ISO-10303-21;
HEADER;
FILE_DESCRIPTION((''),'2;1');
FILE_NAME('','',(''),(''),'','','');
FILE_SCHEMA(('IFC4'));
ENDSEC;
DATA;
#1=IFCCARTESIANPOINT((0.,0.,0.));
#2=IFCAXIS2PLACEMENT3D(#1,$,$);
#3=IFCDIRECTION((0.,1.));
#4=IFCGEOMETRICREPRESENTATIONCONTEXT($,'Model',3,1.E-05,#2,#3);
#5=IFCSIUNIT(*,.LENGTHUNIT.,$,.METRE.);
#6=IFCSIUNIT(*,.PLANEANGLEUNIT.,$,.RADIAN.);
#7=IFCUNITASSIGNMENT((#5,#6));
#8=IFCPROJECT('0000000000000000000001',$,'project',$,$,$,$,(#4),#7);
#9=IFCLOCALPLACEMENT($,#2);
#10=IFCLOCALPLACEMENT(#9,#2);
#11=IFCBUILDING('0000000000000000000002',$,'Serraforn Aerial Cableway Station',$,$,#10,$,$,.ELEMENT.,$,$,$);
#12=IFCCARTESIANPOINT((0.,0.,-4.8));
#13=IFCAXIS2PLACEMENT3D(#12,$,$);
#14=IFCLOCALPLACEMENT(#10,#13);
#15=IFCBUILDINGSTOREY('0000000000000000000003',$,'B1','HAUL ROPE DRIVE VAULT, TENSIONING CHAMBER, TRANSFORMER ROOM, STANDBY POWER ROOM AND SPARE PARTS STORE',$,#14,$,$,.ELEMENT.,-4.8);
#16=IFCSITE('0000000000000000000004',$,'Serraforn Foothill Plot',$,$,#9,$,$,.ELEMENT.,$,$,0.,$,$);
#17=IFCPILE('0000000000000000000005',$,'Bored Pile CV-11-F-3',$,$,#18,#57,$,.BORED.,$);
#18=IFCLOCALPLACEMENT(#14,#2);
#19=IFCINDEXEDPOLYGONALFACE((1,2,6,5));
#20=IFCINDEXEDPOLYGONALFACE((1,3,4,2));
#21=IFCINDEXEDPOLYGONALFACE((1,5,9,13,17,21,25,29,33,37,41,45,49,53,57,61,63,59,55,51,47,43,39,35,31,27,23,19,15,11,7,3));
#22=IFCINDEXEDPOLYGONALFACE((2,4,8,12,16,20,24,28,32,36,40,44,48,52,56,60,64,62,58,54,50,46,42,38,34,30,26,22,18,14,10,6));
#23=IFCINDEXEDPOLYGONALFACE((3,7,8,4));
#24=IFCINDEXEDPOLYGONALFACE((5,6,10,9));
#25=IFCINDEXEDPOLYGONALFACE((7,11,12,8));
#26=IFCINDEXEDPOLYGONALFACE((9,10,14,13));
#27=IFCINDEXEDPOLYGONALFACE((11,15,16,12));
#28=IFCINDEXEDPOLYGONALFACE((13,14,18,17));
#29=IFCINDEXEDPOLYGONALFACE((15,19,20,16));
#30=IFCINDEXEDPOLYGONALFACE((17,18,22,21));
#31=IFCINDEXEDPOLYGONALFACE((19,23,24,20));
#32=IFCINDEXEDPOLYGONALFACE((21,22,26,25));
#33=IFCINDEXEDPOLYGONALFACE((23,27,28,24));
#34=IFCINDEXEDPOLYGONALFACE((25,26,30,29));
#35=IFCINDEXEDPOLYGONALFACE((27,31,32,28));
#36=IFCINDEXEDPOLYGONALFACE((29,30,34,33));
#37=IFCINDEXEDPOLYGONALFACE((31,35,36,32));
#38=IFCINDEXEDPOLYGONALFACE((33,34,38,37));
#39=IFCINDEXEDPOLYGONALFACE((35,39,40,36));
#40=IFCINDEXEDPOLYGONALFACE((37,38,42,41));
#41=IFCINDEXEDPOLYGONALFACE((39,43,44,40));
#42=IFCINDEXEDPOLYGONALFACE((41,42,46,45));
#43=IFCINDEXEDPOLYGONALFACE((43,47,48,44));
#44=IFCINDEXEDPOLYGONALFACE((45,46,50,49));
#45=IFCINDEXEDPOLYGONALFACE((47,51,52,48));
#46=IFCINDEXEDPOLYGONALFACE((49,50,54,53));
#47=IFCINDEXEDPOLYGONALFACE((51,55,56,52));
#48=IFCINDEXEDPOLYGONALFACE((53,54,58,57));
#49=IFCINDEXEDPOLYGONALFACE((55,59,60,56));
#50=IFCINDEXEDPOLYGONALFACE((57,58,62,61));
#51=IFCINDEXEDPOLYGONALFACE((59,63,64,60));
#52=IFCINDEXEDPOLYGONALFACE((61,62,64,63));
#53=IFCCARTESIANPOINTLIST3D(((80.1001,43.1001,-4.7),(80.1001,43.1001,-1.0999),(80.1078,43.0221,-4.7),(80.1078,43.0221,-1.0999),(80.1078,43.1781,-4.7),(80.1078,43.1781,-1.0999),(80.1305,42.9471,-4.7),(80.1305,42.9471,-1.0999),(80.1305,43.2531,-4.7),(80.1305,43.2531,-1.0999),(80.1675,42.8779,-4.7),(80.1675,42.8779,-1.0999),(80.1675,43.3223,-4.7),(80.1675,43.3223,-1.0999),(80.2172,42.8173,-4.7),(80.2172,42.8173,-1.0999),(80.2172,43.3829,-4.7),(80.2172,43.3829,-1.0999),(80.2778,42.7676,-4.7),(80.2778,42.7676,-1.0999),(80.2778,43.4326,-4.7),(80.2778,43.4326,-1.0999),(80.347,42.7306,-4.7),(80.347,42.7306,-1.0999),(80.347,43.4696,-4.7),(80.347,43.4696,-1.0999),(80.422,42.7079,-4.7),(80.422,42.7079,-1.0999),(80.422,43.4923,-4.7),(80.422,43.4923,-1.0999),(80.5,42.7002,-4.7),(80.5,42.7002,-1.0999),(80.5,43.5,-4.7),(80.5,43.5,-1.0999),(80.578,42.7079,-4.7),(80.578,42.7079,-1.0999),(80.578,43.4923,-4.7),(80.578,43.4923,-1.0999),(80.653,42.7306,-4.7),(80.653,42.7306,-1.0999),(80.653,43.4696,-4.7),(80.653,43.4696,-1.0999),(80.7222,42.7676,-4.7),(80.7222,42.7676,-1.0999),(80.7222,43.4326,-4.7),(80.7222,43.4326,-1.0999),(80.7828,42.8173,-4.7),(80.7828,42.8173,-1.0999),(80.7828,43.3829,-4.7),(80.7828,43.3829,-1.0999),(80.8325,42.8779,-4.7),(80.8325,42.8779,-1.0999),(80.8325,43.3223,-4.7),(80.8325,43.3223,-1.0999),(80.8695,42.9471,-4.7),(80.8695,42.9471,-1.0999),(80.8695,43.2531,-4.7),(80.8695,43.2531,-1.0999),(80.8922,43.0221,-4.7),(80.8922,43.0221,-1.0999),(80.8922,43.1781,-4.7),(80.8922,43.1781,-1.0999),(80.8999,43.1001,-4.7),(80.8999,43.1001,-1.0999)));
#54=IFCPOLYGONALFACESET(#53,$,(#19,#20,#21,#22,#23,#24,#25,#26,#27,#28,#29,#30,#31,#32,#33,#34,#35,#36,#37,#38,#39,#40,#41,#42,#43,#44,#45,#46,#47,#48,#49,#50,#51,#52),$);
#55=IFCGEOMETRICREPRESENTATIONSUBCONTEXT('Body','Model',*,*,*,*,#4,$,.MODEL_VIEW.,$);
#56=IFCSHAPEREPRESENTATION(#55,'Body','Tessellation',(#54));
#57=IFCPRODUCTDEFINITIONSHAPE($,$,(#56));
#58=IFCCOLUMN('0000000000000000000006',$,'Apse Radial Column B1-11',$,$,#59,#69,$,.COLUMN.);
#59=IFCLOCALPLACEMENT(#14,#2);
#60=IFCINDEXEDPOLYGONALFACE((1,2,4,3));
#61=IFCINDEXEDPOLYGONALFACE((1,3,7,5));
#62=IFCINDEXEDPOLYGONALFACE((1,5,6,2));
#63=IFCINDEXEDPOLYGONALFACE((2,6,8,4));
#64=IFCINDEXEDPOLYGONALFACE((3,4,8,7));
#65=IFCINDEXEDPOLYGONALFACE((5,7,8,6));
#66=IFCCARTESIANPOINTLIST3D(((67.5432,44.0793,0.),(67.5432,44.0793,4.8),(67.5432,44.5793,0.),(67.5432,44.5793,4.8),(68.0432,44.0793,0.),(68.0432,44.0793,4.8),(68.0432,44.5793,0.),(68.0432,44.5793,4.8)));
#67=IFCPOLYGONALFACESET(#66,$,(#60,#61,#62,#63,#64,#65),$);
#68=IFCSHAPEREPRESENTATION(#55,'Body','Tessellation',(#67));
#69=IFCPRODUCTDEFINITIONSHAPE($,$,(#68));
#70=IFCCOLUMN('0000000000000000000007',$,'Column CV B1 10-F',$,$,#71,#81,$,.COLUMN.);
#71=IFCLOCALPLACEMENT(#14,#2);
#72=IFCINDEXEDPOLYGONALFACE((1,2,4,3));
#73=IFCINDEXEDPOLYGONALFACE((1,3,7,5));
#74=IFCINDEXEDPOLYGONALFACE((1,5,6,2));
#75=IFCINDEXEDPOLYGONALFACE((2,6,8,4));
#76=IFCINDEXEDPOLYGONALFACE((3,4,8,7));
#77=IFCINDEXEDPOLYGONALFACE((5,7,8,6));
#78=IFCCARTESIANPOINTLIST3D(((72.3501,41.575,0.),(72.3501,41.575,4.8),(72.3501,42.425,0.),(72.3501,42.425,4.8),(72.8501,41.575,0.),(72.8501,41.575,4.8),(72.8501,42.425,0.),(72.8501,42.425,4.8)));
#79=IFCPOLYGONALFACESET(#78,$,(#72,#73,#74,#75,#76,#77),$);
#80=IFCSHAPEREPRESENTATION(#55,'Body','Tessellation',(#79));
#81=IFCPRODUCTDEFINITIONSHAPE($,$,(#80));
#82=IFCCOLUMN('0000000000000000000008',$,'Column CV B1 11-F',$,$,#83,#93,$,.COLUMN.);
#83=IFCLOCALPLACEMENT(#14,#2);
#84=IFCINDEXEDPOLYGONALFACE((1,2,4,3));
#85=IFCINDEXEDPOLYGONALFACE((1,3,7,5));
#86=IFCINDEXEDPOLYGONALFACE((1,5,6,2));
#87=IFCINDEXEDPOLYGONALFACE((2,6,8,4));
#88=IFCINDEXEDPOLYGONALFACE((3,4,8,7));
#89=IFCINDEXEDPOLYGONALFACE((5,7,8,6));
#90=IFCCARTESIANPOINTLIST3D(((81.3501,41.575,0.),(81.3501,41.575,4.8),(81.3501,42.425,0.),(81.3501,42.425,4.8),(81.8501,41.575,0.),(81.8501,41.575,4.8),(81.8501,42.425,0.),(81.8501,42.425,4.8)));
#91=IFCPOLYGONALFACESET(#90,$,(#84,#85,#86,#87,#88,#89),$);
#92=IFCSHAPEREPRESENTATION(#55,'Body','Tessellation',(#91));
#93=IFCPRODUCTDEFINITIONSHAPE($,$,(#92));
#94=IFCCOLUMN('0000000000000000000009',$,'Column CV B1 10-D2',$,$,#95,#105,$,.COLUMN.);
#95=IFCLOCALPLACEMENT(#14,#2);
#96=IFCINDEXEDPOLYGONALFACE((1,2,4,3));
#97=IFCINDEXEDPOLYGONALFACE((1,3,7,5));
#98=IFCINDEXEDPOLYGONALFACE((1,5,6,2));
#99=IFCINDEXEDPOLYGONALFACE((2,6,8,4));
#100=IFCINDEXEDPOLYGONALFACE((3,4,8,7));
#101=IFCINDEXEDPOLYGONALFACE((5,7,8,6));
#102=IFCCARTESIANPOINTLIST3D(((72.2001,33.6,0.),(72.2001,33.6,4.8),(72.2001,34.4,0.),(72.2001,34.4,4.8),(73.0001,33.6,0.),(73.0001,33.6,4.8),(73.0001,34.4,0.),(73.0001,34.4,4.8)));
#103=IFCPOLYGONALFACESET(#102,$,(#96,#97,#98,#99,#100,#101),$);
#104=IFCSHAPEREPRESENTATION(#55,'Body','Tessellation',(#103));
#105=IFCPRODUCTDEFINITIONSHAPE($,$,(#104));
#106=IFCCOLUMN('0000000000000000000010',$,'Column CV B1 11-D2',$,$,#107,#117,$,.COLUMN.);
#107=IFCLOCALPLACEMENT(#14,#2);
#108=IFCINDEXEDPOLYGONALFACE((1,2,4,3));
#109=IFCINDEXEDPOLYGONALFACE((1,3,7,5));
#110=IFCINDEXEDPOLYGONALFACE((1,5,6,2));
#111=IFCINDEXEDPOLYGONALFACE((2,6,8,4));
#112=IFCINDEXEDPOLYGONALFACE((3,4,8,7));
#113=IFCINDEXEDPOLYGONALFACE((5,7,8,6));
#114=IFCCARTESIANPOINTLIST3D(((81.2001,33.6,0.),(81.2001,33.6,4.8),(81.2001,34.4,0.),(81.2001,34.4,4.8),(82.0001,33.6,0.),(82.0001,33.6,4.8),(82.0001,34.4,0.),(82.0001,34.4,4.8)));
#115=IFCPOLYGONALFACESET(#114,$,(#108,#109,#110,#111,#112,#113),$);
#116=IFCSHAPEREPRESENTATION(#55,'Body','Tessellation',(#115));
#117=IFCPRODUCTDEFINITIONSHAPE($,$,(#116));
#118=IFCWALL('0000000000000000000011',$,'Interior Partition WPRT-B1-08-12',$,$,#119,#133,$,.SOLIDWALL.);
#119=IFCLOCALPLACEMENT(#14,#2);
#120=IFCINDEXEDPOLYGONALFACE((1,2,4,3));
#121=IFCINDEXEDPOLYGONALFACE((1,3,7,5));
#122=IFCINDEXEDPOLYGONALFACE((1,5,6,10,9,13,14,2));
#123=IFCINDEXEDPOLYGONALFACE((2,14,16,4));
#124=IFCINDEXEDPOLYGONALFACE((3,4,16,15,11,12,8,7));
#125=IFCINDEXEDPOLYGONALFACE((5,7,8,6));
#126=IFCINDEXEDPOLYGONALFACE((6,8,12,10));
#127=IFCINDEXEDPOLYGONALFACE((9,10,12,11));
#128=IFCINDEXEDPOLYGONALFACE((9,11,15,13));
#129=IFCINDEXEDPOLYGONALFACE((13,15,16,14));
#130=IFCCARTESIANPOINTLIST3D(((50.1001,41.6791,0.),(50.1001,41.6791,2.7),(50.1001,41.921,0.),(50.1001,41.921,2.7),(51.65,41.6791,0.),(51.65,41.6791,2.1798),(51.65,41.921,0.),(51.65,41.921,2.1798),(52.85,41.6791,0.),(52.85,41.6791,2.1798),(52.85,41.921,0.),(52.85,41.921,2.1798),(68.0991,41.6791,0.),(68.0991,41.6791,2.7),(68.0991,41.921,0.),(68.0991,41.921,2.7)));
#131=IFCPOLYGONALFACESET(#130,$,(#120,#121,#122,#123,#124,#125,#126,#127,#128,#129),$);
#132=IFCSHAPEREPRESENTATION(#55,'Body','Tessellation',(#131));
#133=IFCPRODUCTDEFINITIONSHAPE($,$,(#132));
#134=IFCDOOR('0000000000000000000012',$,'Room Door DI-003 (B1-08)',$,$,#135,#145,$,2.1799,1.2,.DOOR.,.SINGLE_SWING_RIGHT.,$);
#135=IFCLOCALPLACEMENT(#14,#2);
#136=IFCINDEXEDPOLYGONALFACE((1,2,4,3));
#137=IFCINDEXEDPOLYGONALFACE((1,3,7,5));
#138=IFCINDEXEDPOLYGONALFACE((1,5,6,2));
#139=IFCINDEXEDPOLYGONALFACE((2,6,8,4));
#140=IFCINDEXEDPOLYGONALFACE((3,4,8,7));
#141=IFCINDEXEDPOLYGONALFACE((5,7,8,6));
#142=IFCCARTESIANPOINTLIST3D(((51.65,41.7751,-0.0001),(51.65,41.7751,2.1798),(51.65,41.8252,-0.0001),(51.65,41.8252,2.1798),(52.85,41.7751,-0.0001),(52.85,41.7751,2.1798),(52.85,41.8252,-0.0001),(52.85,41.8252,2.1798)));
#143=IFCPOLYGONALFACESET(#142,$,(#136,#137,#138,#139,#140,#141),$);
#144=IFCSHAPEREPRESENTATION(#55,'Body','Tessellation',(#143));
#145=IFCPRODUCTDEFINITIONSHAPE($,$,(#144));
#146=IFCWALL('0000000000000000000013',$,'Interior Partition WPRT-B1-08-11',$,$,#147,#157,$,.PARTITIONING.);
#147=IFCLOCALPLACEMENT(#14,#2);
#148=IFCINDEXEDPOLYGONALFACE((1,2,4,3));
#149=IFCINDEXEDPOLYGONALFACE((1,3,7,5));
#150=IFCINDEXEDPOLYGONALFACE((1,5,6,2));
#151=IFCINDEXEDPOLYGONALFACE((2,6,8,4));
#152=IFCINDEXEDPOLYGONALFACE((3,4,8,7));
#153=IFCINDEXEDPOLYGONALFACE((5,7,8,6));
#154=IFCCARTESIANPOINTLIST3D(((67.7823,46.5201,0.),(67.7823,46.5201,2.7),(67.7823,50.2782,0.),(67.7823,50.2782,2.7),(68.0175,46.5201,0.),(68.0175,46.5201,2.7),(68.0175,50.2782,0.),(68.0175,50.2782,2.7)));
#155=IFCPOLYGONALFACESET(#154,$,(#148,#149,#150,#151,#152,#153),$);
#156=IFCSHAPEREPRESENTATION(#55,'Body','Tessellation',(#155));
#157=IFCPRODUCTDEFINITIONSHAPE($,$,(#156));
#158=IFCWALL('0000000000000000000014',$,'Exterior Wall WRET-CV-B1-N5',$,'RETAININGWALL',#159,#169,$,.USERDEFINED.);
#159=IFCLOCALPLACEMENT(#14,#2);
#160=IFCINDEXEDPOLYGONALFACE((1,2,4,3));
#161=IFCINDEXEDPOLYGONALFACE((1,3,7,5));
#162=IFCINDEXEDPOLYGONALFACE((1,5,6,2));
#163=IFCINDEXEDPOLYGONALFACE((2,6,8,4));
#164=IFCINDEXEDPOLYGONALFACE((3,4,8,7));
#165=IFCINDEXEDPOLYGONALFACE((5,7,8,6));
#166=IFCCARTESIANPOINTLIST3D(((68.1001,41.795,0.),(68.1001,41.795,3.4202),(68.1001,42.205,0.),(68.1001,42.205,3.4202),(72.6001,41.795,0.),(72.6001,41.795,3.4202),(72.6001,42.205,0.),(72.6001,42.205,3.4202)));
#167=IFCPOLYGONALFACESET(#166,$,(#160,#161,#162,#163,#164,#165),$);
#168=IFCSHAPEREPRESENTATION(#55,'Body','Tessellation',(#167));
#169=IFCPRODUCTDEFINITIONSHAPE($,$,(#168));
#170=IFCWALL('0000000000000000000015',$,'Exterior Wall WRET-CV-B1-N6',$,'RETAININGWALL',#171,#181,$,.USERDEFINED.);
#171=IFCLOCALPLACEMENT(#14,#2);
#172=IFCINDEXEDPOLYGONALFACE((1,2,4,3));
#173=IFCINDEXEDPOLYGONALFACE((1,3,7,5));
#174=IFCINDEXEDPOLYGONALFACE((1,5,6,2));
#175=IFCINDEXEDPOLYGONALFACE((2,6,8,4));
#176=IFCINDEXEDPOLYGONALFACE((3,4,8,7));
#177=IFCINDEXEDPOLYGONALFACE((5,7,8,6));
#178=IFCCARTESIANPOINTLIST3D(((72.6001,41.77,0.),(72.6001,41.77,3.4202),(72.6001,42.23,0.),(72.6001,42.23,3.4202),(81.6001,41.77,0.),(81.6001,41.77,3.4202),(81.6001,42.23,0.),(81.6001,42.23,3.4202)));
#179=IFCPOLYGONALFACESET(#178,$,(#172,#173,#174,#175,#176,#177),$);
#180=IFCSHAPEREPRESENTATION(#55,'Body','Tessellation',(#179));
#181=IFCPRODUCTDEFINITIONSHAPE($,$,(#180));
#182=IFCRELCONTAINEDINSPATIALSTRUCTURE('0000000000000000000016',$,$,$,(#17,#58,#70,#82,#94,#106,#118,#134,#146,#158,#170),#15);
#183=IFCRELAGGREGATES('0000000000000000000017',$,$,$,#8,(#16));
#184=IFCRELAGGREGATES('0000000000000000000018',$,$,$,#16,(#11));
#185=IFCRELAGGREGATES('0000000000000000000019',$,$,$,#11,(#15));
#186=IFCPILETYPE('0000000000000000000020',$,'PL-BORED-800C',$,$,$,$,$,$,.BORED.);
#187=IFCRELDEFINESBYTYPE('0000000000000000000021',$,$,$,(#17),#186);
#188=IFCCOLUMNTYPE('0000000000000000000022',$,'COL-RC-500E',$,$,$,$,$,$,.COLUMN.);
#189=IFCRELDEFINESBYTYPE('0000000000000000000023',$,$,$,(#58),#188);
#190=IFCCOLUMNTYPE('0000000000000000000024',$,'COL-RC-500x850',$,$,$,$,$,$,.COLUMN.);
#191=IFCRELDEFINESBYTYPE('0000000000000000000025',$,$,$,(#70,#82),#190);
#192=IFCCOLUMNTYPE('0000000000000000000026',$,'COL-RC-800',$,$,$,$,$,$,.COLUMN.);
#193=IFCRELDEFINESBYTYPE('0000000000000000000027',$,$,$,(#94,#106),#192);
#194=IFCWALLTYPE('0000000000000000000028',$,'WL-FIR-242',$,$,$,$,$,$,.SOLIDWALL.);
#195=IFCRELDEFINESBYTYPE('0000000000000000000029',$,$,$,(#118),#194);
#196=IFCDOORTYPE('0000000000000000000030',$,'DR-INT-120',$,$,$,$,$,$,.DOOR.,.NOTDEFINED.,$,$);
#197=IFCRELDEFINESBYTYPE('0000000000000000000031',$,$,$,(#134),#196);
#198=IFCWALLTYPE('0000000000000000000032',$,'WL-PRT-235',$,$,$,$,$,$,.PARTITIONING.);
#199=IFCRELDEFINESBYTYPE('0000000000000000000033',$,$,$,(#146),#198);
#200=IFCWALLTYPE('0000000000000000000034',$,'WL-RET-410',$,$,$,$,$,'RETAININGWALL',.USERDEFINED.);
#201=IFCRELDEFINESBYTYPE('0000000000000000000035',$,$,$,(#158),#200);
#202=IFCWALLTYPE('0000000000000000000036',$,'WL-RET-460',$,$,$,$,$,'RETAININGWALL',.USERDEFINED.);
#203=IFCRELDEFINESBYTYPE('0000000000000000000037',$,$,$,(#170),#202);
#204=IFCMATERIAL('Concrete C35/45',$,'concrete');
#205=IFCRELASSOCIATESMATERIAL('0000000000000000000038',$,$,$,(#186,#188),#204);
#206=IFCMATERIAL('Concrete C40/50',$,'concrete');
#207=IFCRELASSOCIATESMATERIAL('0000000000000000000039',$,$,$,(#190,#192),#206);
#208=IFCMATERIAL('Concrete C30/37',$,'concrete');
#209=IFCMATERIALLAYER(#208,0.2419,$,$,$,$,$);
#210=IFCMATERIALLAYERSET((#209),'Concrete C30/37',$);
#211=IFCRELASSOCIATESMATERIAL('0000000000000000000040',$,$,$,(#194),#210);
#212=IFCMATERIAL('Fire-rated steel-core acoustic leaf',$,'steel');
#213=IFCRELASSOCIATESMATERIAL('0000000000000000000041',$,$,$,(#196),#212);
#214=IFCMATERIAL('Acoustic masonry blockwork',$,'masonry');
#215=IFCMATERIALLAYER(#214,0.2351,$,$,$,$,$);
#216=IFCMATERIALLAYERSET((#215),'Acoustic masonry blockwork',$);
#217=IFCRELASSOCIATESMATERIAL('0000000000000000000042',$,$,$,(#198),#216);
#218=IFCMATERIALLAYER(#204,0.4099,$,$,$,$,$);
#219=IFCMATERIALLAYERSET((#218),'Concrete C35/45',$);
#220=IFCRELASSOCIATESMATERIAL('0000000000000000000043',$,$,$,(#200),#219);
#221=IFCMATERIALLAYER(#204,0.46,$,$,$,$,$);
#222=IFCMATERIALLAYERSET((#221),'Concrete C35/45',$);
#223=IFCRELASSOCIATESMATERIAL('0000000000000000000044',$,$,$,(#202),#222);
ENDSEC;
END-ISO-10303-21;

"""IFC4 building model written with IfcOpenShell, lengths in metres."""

from ifc_helpers import new_model, si_unit, direction, frame, frame_2d, origin, origin_2d, place, context, subcontext, project, spatial, rectangle, circle, extrude, material, layer, layer_set, material_profile, profile_set, type_object, element, fill, save


model = new_model("IFC4")

# Units and contexts
model_context = context("Model", 3, precision=1e-05, world=origin(), true_north=direction((0.0, 1.0)))
body_context = subcontext(model_context, "Body", "Model", "MODEL_VIEW")
ifc_project = project(units=[si_unit("LENGTHUNIT", "METRE"), si_unit("PLANEANGLEUNIT", "RADIAN")], contexts=[model_context])

# Site, building, storey
site_placement = place(None, origin())
site = spatial("IfcSite", under=ifc_project, at=site_placement, Name="Serraforn Foothill Plot", CompositionType="ELEMENT", RefElevation=0.0)
building_placement = place(site_placement, origin())
building = spatial("IfcBuilding", under=site, at=building_placement, Name="Serraforn Aerial Cableway Station", CompositionType="ELEMENT")
storey_placement = place(building_placement, frame((0.0, 0.0, -4.8)))
storey = spatial("IfcBuildingStorey", under=building, at=storey_placement, Name="B1", Description="HAUL ROPE DRIVE VAULT, TENSIONING CHAMBER, TRANSFORMER ROOM, STANDBY POWER ROOM AND SPARE PARTS STORE", CompositionType="ELEMENT", Elevation=-4.8)

# Shared definitions
ifc_material_1 = material(Name="Concrete C35/45", Category="concrete")
ifc_material_2 = material(Name="Concrete C40/50", Category="concrete")

# Pile
ifc_material_profile_1 = material_profile(ifc_material_1, circle(Radius=0.3999, at=origin_2d()), Name="BORED PILE D800")
ifc_profile_set_1 = profile_set([ifc_material_profile_1], Name="Concrete C35/45")
pile_type_1 = type_object("IfcPileType", Name="PL-BORED-800C", PredefinedType="BORED", material=ifc_profile_set_1)
for number, where, z_axis, x_axis, name in (
    (1, (80.5, 43.1001, -1.0999), (0.0, 0.0, -1.0), (1.0, 0.0, 0.0), "Bored Pile CV-11-F-3"),
):
    element("IfcPile", number, at=place(storey_placement, frame(where, z_axis=z_axis, x_axis=x_axis)), inside=storey, type_object=pile_type_1, Name=name, PredefinedType="BORED", context=body_context, shape_type="SweptSolid", body=[
        extrude(circle(Radius=0.3999, at=origin_2d()), origin(), (0.0, 0.0, 1.0), 3.6001),
    ])

# Columns
ifc_material_profile_2 = material_profile(ifc_material_1, rectangle(XDim=0.5, YDim=0.5, at=origin_2d()), Name="RC 500x500")
ifc_profile_set_2 = profile_set([ifc_material_profile_2], Name="Concrete C35/45")
column_type_1 = type_object("IfcColumnType", Name="COL-RC-500E", PredefinedType="COLUMN", material=ifc_profile_set_2)
column_placement = place(storey_placement, frame((67.7932, 44.3293, 0.0), z_axis=(0.0, 0.0, 1.0), x_axis=(1.0, 0.0, 0.0)))
element("IfcColumn", 2, at=column_placement, inside=storey, type_object=column_type_1, Name="Apse Radial Column B1-11", PredefinedType="COLUMN", context=body_context, shape_type="SweptSolid", body=[
    extrude(rectangle(XDim=0.5, YDim=0.5, at=origin_2d()), origin(), (0.0, 0.0, 1.0), 4.8),
])
ifc_material_profile_3 = material_profile(ifc_material_2, rectangle(XDim=0.5, YDim=0.8501, at=origin_2d()), Name="RC 500x850")
ifc_profile_set_3 = profile_set([ifc_material_profile_3], Name="Concrete C40/50")
column_type_2 = type_object("IfcColumnType", Name="COL-RC-500x850", PredefinedType="COLUMN", material=ifc_profile_set_3)
for number, where, z_axis, x_axis, name in (
    (3, (72.6001, 42.0, 0.0), (0.0, 0.0, 1.0), (1.0, 0.0, 0.0), "Column CV B1 10-F"),
    (4, (81.6001, 42.0, 0.0), (0.0, 0.0, 1.0), (1.0, 0.0, 0.0), "Column CV B1 11-F"),
):
    element("IfcColumn", number, at=place(storey_placement, frame(where, z_axis=z_axis, x_axis=x_axis)), inside=storey, type_object=column_type_2, Name=name, PredefinedType="COLUMN", context=body_context, shape_type="SweptSolid", body=[
        extrude(rectangle(XDim=0.5, YDim=0.8501, at=origin_2d()), origin(), (0.0, 0.0, 1.0), 4.8),
    ])
ifc_material_profile_4 = material_profile(ifc_material_2, rectangle(XDim=0.8, YDim=0.8, at=origin_2d()), Name="RC 800x800")
ifc_profile_set_4 = profile_set([ifc_material_profile_4], Name="Concrete C40/50")
column_type_3 = type_object("IfcColumnType", Name="COL-RC-800", PredefinedType="COLUMN", material=ifc_profile_set_4)
for number, where, z_axis, x_axis, name in (
    (5, (72.6001, 34.0, 0.0), (0.0, 0.0, 1.0), (1.0, 0.0, 0.0), "Column CV B1 10-D2"),
    (6, (81.6001, 34.0, 0.0), (0.0, 0.0, 1.0), (1.0, 0.0, 0.0), "Column CV B1 11-D2"),
):
    element("IfcColumn", number, at=place(storey_placement, frame(where, z_axis=z_axis, x_axis=x_axis)), inside=storey, type_object=column_type_3, Name=name, PredefinedType="COLUMN", context=body_context, shape_type="SweptSolid", body=[
        extrude(rectangle(XDim=0.8, YDim=0.8, at=origin_2d()), origin(), (0.0, 0.0, 1.0), 4.8),
    ])

# Wall, opening, door
ifc_material_3 = material(Name="Concrete C30/37", Category="concrete")
ifc_layer_1 = layer(ifc_material_3, 0.2419)
ifc_layer_set_1 = layer_set([ifc_layer_1], Name="Concrete C30/37")
wall_type_1 = type_object("IfcWallType", Name="WL-FIR-242", PredefinedType="SOLIDWALL", material=ifc_layer_set_1)
wall_1_placement = place(storey_placement, frame((68.0991, 41.8, 0.0), z_axis=(0.0, 0.0, 1.0), x_axis=(-1.0, 0.0, 0.0)))
wall_1 = element("IfcWall", 7, at=wall_1_placement, inside=storey, type_object=wall_type_1, Name="Interior Partition WPRT-B1-08-12", PredefinedType="SOLIDWALL", context=body_context, shape_type="SweptSolid", body=[
    extrude(rectangle(XDim=17.999, YDim=0.2419, at=frame_2d((8.9995, 0.0))), origin(), (0.0, 0.0, 1.0), 2.7),
])
opening_placement = place(wall_1_placement, frame((15.249, 0.0, 0.0)))
opening = element("IfcOpeningElement", 8, at=opening_placement, cuts=wall_1, PredefinedType="OPENING", context=body_context, shape_type="SweptSolid", body=[
    extrude(rectangle(XDim=1.2, YDim=2.1799, at=frame_2d((0.6001, 1.0898))), frame((0.0, 0.1309, 0.0), z_axis=(0.0, -1.0, 0.0), x_axis=(1.0, 0.0, 0.0)), (0.0, 0.0, 1.0), 0.262),
])
ifc_material_4 = material(Name="Fire-rated steel-core acoustic leaf", Category="steel")
door_type = type_object("IfcDoorType", Name="DR-INT-120", OperationType="NOTDEFINED", PredefinedType="DOOR", material=ifc_material_4)
door_placement = place(opening_placement, origin())
door = element("IfcDoor", 9, at=door_placement, inside=storey, type_object=door_type, Name="Room Door DI-003 (B1-08)", OperationType="SINGLE_SWING_RIGHT", OverallHeight=2.1799, OverallWidth=1.2, PredefinedType="DOOR", context=body_context, shape_type="SweptSolid", body=[
    extrude(rectangle(XDim=1.2, YDim=2.1799, at=frame_2d((0.6001, 1.0898))), frame((0.0, 0.0249, 0.0), z_axis=(0.0, -1.0, 0.0), x_axis=(1.0, 0.0, 0.0)), (0.0, 0.0, 1.0), 0.05),
])
fill(opening, door)

# Walls
ifc_material_5 = material(Name="Acoustic masonry blockwork", Category="masonry")
ifc_layer_2 = layer(ifc_material_5, 0.2351)
ifc_layer_set_2 = layer_set([ifc_layer_2], Name="Acoustic masonry blockwork")
wall_type_2 = type_object("IfcWallType", Name="WL-PRT-235", PredefinedType="PARTITIONING", material=ifc_layer_set_2)
wall_2_placement = place(storey_placement, frame((67.8999, 50.2781, 0.0), z_axis=(0.0, 0.0, 1.0), x_axis=(0.0, -1.0, 0.0)))
element("IfcWall", 10, at=wall_2_placement, inside=storey, type_object=wall_type_2, Name="Interior Partition WPRT-B1-08-11", PredefinedType="PARTITIONING", context=body_context, shape_type="SweptSolid", body=[
    extrude(rectangle(XDim=3.7581, YDim=0.2351, at=frame_2d((1.8789, 0.0))), origin(), (0.0, 0.0, 1.0), 2.7),
])
ifc_layer_3 = layer(ifc_material_1, 0.4099)
ifc_layer_set_3 = layer_set([ifc_layer_3], Name="Concrete C35/45")
wall_type_3 = type_object("IfcWallType", Name="WL-RET-410", ElementType="RETAININGWALL", PredefinedType="USERDEFINED", material=ifc_layer_set_3)
wall_3_placement = place(storey_placement, frame((72.6001, 42.0, 0.0), z_axis=(0.0, 0.0, 1.0), x_axis=(-1.0, 0.0, 0.0)))
element("IfcWall", 11, at=wall_3_placement, inside=storey, type_object=wall_type_3, Name="Exterior Wall WRET-CV-B1-N5", ObjectType="RETAININGWALL", PredefinedType="USERDEFINED", context=body_context, shape_type="SweptSolid", body=[
    extrude(rectangle(XDim=4.5, YDim=0.4099, at=frame_2d((2.25, 0.0))), origin(), (0.0, 0.0, 1.0), 3.4202),
])
ifc_layer_4 = layer(ifc_material_1, 0.46)
ifc_layer_set_4 = layer_set([ifc_layer_4], Name="Concrete C35/45")
wall_type_4 = type_object("IfcWallType", Name="WL-RET-460", ElementType="RETAININGWALL", PredefinedType="USERDEFINED", material=ifc_layer_set_4)
wall_4_placement = place(storey_placement, frame((81.6001, 42.0, 0.0), z_axis=(0.0, 0.0, 1.0), x_axis=(-1.0, 0.0, 0.0)))
element("IfcWall", 12, at=wall_4_placement, inside=storey, type_object=wall_type_4, Name="Exterior Wall WRET-CV-B1-N6", ObjectType="RETAININGWALL", PredefinedType="USERDEFINED", context=body_context, shape_type="SweptSolid", body=[
    extrude(rectangle(XDim=9.0, YDim=0.46, at=frame_2d((4.5, 0.0))), origin(), (0.0, 0.0, 1.0), 3.4202),
])

save(model, "model.ifc")
